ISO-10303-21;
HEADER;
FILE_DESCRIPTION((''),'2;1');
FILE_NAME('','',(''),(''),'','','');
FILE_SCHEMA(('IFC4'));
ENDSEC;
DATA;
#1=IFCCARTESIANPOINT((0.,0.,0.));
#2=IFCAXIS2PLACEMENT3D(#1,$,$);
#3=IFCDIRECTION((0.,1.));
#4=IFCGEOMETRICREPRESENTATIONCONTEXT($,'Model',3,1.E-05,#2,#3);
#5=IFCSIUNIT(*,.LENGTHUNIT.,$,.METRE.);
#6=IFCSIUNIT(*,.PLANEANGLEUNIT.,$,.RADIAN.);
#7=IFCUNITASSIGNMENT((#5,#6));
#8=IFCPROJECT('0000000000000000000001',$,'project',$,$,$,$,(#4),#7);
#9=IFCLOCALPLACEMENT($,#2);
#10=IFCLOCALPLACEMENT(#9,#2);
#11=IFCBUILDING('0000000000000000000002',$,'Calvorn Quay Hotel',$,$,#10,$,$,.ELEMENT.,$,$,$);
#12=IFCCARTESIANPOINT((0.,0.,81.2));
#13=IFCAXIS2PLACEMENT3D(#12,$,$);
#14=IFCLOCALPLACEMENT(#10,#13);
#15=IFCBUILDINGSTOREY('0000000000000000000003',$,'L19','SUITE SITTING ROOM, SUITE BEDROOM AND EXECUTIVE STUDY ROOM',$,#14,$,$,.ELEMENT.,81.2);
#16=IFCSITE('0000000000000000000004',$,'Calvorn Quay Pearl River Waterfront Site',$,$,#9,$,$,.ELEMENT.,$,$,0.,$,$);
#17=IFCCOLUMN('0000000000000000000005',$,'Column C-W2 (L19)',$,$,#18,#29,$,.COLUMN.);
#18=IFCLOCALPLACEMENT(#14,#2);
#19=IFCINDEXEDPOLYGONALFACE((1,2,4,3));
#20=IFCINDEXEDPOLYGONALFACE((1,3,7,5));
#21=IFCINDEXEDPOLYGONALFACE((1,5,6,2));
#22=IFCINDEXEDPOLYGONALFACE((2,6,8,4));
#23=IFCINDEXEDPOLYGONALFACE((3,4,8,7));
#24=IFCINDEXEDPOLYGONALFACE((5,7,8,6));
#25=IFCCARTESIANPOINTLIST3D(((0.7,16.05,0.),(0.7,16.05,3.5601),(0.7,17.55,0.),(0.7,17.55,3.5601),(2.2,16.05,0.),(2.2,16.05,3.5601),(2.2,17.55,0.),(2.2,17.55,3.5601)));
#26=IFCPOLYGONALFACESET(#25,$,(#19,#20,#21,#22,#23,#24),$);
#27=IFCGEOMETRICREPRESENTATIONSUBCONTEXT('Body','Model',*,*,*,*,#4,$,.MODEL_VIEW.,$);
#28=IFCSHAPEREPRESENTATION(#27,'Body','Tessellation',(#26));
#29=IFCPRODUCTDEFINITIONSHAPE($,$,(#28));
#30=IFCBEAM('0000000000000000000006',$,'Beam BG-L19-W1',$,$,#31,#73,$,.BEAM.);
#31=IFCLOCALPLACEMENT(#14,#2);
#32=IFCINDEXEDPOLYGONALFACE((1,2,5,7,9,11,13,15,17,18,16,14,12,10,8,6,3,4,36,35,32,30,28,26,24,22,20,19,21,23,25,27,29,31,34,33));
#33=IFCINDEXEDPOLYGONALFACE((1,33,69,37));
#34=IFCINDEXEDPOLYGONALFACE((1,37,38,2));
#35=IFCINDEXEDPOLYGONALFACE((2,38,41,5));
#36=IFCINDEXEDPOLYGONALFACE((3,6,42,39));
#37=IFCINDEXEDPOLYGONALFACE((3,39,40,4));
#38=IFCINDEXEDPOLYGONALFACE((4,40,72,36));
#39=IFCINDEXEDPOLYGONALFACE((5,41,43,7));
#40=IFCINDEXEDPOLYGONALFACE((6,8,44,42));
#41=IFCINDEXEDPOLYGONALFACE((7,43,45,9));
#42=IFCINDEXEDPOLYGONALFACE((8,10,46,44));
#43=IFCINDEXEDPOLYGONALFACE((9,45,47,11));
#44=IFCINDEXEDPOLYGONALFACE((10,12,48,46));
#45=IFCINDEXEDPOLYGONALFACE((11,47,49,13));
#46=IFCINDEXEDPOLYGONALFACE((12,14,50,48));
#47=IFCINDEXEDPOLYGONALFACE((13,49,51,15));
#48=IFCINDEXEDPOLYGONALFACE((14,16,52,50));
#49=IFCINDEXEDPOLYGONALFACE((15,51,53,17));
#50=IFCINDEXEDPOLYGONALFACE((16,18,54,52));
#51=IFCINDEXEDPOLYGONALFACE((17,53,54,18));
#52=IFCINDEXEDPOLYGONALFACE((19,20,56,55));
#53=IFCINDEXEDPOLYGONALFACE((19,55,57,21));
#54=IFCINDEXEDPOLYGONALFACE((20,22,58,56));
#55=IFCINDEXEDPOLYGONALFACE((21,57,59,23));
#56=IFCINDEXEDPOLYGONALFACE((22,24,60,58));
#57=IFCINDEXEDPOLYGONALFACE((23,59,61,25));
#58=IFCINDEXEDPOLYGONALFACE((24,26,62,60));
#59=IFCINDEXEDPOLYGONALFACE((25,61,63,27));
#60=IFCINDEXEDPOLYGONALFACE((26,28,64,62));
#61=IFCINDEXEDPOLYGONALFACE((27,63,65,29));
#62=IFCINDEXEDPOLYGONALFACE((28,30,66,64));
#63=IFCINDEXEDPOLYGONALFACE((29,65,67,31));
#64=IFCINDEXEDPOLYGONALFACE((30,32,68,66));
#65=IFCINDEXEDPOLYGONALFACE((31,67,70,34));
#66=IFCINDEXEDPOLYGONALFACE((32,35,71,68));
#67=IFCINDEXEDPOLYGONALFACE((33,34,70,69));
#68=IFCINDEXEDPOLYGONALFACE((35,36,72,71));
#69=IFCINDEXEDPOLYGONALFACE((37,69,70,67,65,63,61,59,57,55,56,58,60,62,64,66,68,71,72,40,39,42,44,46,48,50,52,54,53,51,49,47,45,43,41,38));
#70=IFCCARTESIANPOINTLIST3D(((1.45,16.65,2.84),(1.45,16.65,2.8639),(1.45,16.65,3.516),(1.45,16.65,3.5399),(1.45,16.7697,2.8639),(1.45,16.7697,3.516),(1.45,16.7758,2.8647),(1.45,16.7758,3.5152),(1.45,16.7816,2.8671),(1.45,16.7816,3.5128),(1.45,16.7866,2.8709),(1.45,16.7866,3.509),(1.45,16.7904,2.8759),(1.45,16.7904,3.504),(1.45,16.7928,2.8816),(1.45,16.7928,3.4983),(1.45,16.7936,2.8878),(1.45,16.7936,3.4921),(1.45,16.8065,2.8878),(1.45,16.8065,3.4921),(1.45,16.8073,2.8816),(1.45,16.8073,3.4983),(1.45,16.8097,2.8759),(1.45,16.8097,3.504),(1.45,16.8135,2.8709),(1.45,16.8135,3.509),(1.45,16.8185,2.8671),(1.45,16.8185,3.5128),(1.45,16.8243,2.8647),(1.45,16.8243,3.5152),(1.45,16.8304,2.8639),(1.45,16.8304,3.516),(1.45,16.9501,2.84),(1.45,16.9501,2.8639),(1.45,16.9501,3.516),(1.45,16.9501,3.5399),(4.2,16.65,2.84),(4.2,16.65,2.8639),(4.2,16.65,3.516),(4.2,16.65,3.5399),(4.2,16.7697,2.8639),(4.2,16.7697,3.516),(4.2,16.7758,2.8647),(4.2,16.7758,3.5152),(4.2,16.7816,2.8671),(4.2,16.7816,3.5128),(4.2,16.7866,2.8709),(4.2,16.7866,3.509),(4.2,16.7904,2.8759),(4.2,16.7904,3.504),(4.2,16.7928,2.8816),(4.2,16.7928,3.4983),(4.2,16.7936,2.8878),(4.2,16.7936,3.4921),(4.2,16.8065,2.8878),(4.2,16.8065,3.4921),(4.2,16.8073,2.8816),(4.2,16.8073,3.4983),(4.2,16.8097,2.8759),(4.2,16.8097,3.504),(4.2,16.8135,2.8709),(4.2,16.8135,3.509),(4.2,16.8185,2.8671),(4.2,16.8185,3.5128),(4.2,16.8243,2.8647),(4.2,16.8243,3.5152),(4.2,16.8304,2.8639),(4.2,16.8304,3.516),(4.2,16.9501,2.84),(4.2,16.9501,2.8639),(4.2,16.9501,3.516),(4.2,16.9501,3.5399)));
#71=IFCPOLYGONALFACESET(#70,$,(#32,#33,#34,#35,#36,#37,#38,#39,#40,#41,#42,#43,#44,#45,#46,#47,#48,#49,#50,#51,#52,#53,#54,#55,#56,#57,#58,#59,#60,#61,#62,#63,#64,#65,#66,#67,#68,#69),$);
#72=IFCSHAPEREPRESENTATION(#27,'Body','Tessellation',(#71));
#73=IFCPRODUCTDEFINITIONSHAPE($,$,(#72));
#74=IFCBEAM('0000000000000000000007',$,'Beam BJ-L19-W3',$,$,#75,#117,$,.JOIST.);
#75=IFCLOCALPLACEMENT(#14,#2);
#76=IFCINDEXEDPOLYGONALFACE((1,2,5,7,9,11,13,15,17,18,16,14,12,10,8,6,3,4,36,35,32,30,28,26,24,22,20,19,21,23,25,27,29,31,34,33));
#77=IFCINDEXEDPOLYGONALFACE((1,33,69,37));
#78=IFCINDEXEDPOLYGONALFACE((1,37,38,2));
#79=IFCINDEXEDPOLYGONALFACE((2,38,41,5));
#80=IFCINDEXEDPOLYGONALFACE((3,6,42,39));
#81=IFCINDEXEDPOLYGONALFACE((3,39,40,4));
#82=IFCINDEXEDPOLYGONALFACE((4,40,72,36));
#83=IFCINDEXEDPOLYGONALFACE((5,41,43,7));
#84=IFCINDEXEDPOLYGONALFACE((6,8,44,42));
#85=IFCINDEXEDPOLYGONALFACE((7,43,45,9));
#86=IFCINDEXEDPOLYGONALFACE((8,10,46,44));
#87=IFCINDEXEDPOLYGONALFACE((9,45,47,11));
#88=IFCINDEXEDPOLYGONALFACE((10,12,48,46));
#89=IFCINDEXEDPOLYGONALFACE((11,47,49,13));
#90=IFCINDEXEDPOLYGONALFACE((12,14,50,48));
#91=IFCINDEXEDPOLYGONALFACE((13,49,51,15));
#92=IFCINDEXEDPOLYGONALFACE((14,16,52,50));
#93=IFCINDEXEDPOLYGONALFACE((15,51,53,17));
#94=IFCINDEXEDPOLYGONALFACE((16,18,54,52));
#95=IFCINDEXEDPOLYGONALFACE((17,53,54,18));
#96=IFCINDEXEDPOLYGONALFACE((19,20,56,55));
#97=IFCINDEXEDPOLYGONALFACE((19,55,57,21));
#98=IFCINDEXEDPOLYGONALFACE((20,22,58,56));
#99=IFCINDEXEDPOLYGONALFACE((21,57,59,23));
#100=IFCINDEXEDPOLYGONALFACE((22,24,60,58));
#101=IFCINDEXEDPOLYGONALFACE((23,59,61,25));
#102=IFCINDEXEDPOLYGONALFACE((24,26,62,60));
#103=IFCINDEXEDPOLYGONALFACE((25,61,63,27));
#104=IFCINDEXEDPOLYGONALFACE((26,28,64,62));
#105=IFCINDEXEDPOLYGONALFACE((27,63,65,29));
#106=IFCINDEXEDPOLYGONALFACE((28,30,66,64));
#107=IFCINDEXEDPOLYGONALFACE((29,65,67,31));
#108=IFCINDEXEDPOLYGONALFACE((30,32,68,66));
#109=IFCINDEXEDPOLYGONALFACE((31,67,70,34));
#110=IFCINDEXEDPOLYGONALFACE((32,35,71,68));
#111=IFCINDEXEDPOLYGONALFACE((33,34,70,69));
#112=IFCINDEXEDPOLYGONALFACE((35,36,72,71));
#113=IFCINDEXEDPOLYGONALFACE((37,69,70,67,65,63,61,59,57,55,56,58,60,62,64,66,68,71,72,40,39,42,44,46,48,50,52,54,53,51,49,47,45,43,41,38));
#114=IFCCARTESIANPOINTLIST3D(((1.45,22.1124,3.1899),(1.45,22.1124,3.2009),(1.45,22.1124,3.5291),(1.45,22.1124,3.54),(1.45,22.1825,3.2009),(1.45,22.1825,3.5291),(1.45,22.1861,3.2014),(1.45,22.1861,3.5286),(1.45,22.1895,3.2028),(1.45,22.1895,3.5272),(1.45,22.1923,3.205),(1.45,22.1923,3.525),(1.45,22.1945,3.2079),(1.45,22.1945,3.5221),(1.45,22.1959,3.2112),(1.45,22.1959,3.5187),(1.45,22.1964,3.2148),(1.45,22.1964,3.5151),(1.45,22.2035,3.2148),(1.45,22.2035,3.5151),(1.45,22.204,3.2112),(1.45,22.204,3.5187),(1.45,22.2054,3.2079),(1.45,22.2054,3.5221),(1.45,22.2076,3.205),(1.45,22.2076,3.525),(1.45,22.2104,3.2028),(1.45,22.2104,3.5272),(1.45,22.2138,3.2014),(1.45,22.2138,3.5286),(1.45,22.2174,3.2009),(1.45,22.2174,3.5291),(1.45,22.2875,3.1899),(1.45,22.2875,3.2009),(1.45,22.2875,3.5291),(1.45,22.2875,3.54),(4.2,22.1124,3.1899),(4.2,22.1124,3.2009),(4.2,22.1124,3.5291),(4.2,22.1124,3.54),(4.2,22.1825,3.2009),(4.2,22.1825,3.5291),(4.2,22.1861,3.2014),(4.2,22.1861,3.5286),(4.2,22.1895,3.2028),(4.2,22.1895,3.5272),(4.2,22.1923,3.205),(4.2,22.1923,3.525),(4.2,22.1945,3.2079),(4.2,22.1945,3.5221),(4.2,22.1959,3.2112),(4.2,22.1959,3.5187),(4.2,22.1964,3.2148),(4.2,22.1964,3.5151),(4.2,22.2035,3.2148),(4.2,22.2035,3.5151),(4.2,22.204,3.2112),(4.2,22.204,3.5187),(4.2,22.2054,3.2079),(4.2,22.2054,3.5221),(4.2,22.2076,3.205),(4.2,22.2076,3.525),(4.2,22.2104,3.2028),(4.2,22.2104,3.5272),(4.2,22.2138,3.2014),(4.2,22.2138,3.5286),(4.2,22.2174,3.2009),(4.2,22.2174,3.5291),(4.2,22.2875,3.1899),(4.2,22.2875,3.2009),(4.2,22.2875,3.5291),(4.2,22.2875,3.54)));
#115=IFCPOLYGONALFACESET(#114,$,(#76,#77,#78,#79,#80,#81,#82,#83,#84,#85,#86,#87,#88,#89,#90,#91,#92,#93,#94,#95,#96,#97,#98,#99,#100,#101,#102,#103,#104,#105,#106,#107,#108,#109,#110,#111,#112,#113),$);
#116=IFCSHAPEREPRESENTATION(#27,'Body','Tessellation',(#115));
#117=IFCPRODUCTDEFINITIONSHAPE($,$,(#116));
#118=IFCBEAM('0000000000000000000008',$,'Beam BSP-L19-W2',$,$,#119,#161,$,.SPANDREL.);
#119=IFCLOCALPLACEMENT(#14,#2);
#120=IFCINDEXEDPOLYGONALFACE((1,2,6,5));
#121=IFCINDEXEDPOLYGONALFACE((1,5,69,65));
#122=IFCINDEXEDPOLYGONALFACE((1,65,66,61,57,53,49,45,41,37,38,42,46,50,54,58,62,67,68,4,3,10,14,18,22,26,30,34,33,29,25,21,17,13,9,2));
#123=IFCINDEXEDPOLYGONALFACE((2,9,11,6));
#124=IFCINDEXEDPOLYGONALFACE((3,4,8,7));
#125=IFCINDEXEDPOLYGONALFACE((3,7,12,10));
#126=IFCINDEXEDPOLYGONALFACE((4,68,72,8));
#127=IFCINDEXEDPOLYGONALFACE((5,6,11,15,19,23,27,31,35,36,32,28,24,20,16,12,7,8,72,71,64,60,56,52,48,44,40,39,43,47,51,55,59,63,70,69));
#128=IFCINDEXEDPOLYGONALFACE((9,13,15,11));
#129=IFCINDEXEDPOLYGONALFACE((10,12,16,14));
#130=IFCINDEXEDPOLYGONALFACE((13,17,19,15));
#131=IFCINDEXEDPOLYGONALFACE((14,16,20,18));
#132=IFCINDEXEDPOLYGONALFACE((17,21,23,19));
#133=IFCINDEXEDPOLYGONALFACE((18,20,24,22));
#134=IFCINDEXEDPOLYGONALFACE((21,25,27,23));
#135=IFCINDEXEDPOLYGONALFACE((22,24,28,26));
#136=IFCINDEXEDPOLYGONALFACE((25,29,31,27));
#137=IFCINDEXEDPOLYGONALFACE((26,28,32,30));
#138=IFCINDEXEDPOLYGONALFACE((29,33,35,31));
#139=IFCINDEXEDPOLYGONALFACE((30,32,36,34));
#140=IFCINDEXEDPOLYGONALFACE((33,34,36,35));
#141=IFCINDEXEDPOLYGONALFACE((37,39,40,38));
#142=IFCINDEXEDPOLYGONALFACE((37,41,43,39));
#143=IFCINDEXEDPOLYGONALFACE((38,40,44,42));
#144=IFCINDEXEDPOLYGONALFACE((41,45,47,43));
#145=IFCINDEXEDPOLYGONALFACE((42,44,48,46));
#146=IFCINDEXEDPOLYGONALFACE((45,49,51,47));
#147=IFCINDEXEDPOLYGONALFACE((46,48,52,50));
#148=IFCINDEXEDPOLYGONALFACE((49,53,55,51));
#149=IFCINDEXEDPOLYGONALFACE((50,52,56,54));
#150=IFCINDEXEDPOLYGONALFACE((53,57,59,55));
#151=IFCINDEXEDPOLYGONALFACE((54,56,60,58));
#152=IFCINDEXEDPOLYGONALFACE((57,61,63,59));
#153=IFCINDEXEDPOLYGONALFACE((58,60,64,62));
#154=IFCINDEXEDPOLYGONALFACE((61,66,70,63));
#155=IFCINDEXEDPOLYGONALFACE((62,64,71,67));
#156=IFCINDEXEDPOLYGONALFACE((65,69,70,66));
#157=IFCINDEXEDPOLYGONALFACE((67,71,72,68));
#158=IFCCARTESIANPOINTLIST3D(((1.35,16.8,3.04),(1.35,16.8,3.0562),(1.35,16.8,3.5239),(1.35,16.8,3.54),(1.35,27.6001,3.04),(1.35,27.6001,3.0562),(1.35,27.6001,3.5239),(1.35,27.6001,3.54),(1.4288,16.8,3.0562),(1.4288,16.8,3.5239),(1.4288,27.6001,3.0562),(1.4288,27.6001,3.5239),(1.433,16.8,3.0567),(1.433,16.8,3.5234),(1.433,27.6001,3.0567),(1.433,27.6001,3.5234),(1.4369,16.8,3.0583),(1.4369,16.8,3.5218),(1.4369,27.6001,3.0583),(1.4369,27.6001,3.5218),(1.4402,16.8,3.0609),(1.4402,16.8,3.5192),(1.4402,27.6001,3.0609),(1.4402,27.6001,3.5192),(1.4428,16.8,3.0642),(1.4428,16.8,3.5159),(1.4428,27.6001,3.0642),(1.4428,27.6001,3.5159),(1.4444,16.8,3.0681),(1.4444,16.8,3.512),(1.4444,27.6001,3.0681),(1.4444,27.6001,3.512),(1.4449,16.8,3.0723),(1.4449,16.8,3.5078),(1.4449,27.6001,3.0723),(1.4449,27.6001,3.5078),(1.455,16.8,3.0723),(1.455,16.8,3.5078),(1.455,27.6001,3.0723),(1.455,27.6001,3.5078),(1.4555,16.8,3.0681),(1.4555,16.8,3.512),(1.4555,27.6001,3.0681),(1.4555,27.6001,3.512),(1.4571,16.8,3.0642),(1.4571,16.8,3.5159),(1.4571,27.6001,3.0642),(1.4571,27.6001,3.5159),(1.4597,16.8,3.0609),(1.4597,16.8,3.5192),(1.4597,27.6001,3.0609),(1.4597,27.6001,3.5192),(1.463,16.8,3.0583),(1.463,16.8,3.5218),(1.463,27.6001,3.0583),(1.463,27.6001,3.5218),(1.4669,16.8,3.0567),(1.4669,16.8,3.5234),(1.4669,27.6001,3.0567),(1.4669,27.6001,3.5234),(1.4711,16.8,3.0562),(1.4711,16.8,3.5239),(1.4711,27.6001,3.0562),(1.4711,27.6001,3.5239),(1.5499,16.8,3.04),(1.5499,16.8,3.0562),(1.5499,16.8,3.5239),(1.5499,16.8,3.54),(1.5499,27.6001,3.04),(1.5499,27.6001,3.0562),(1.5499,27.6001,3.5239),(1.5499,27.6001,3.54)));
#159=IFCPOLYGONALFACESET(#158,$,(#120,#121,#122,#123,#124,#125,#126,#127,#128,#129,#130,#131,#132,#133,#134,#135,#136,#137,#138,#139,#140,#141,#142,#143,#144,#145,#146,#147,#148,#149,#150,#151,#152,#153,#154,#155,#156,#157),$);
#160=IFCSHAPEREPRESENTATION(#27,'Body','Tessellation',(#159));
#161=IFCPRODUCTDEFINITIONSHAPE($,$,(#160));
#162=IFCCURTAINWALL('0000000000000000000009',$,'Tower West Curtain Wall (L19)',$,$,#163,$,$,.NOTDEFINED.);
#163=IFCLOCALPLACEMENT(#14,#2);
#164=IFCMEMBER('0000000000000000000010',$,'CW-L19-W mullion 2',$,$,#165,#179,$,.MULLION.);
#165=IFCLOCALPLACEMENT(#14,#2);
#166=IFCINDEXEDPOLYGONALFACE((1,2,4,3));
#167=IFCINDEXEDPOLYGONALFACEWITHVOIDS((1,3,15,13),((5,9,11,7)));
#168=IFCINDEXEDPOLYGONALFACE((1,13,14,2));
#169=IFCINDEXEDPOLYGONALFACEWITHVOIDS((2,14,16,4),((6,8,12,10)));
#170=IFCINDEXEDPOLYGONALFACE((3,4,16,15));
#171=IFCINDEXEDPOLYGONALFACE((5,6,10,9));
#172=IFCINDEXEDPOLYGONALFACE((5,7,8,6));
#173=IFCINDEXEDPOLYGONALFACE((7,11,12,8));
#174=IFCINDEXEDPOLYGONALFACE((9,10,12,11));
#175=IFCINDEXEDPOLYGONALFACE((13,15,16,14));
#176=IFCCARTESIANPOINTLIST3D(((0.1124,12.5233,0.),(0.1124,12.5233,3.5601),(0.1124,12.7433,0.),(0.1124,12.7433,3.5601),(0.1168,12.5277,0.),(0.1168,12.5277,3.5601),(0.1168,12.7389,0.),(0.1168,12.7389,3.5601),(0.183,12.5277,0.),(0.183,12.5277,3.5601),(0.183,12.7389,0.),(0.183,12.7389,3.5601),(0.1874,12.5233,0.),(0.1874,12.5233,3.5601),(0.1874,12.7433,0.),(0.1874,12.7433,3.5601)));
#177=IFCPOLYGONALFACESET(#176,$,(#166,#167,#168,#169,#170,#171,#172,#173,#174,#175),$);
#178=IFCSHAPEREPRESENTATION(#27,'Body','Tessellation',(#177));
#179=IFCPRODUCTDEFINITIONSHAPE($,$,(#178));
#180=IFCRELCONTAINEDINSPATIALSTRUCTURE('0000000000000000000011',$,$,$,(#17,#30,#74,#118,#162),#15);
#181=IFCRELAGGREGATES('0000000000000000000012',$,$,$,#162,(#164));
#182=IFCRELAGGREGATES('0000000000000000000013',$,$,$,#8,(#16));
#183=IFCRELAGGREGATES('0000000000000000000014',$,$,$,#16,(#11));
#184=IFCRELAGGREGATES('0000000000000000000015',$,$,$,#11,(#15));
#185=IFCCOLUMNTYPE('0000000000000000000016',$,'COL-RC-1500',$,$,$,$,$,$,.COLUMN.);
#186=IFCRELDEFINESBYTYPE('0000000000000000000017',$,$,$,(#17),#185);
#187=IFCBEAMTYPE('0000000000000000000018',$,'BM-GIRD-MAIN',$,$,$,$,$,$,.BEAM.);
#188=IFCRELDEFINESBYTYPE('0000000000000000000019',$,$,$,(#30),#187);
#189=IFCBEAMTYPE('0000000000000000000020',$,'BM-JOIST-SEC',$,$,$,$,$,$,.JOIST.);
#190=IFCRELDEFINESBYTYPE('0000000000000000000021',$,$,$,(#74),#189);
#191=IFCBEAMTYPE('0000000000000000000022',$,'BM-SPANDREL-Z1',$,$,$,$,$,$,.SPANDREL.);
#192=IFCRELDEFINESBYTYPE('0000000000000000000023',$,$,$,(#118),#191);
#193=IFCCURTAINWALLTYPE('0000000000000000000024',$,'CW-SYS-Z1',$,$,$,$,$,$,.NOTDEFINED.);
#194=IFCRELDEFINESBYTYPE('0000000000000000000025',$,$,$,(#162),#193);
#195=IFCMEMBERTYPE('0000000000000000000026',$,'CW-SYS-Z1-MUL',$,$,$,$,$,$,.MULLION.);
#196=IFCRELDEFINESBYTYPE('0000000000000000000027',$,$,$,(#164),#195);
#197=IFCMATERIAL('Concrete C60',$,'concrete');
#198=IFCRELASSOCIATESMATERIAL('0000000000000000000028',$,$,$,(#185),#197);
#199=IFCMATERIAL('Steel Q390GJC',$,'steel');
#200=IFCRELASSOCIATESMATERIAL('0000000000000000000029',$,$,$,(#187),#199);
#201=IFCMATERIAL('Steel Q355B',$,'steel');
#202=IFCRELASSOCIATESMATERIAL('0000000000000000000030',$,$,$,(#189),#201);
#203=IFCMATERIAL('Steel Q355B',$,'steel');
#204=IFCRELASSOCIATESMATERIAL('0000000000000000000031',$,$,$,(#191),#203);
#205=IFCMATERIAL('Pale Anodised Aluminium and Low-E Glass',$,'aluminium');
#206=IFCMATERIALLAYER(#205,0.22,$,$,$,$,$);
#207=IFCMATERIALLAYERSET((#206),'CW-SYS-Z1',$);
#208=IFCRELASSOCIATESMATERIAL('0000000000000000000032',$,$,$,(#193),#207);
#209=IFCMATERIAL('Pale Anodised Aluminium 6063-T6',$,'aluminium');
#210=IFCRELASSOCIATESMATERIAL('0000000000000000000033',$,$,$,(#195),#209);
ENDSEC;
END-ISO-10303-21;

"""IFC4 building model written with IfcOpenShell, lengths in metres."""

from ifc_helpers import new_model, si_unit, direction, frame, origin, origin_2d, place, context, subcontext, project, spatial, rectangle, hollow_rectangle, i_section, extrude, material, layer, layer_set, material_profile, profile_set, type_object, element, aggregate, save


model = new_model("IFC4")

# Units and contexts
model_context = context("Model", 3, precision=1e-05, world=origin(), true_north=direction((0.0, 1.0)))
body_context = subcontext(model_context, "Body", "Model", "MODEL_VIEW")
ifc_project = project(units=[si_unit("LENGTHUNIT", "METRE"), si_unit("PLANEANGLEUNIT", "RADIAN")], contexts=[model_context])

# Site, building, storey
site_placement = place(None, origin())
site = spatial("IfcSite", under=ifc_project, at=site_placement, Name="Calvorn Quay Pearl River Waterfront Site", CompositionType="ELEMENT", RefElevation=0.0)
building_placement = place(site_placement, origin())
building = spatial("IfcBuilding", under=site, at=building_placement, Name="Calvorn Quay Hotel", CompositionType="ELEMENT")
storey_placement = place(building_placement, frame((0.0, 0.0, 81.2)))
storey = spatial("IfcBuildingStorey", under=building, at=storey_placement, Name="L19", Description="SUITE SITTING ROOM, SUITE BEDROOM AND EXECUTIVE STUDY ROOM", CompositionType="ELEMENT", Elevation=81.2)

# Column
ifc_material_1 = material(Name="Concrete C60", Category="concrete")
ifc_material_profile_1 = material_profile(ifc_material_1, rectangle(XDim=1.5, YDim=1.5, at=origin_2d()), Name="RC1500x1500")
ifc_profile_set_1 = profile_set([ifc_material_profile_1], Name="Concrete C60")
column_type = type_object("IfcColumnType", Name="COL-RC-1500", PredefinedType="COLUMN", material=ifc_profile_set_1)
column_placement = place(storey_placement, frame((1.45, 16.8, 0.0), z_axis=(0.0, 0.0, 1.0), x_axis=(1.0, 0.0, 0.0)))
element("IfcColumn", 1, at=column_placement, inside=storey, type_object=column_type, Name="Column C-W2 (L19)", PredefinedType="COLUMN", context=body_context, shape_type="SweptSolid", body=[
    extrude(rectangle(XDim=1.5, YDim=1.5, at=origin_2d()), origin(), (0.0, 0.0, 1.0), 3.5601),
])

# Beams
ifc_material_2 = material(Name="Steel Q390GJC", Category="steel")
ifc_material_profile_2 = material_profile(ifc_material_2, i_section(OverallWidth=0.3, OverallDepth=0.7, WebThickness=0.0129, FlangeThickness=0.0239, FilletRadius=0.0239, at=origin_2d()), Name="HN700x300x13x24")
ifc_profile_set_2 = profile_set([ifc_material_profile_2], Name="Steel Q390GJC")
beam_type_1 = type_object("IfcBeamType", Name="BM-GIRD-MAIN", PredefinedType="BEAM", material=ifc_profile_set_2)
beam_1_placement = place(storey_placement, frame((1.45, 16.8, 3.1899), z_axis=(1.0, 0.0, 0.0), x_axis=(0.0, 1.0, 0.0)))
element("IfcBeam", 2, at=beam_1_placement, inside=storey, type_object=beam_type_1, Name="Beam BG-L19-W1", PredefinedType="BEAM", context=body_context, shape_type="SweptSolid", body=[
    extrude(i_section(OverallWidth=0.3, OverallDepth=0.7, WebThickness=0.0129, FlangeThickness=0.0239, FilletRadius=0.0239, at=origin_2d()), origin(), (0.0, 0.0, 1.0), 2.75),
])
ifc_material_3 = material(Name="Steel Q355B", Category="steel")
ifc_material_profile_3 = material_profile(ifc_material_3, i_section(OverallWidth=0.175, OverallDepth=0.3501, WebThickness=0.0071, FlangeThickness=0.011, FilletRadius=0.0139, at=origin_2d()), Name="HN350x175x7x11")
ifc_profile_set_3 = profile_set([ifc_material_profile_3], Name="Steel Q355B")
beam_type_2 = type_object("IfcBeamType", Name="BM-JOIST-SEC", PredefinedType="JOIST", material=ifc_profile_set_3)
beam_2_placement = place(storey_placement, frame((1.45, 22.2, 3.365), z_axis=(1.0, 0.0, 0.0), x_axis=(0.0, 1.0, 0.0)))
element("IfcBeam", 3, at=beam_2_placement, inside=storey, type_object=beam_type_2, Name="Beam BJ-L19-W3", PredefinedType="JOIST", context=body_context, shape_type="SweptSolid", body=[
    extrude(i_section(OverallWidth=0.175, OverallDepth=0.3501, WebThickness=0.0071, FlangeThickness=0.011, FilletRadius=0.0139, at=origin_2d()), origin(), (0.0, 0.0, 1.0), 2.75),
])
ifc_material_4 = material(Name="Steel Q355B", Category="steel")
ifc_material_profile_4 = material_profile(ifc_material_4, i_section(OverallWidth=0.2, OverallDepth=0.5, WebThickness=0.01, FlangeThickness=0.0161, FilletRadius=0.0161, at=origin_2d()), Name="HN500x200x10x16")
ifc_profile_set_4 = profile_set([ifc_material_profile_4], Name="Steel Q355B")
beam_type_3 = type_object("IfcBeamType", Name="BM-SPANDREL-Z1", PredefinedType="SPANDREL", material=ifc_profile_set_4)
beam_3_placement = place(storey_placement, frame((1.45, 16.8, 3.29), z_axis=(0.0, 1.0, 0.0), x_axis=(-1.0, 0.0, 0.0)))
element("IfcBeam", 4, at=beam_3_placement, inside=storey, type_object=beam_type_3, Name="Beam BSP-L19-W2", PredefinedType="SPANDREL", context=body_context, shape_type="SweptSolid", body=[
    extrude(i_section(OverallWidth=0.2, OverallDepth=0.5, WebThickness=0.01, FlangeThickness=0.0161, FilletRadius=0.0161, at=origin_2d()), origin(), (0.0, 0.0, 1.0), 10.8),
])

# Curtain wall, member
ifc_material_5 = material(Name="Pale Anodised Aluminium and Low-E Glass", Category="aluminium")
ifc_layer_1 = layer(ifc_material_5, 0.22)
ifc_layer_set_1 = layer_set([ifc_layer_1], Name="CW-SYS-Z1")
curtain_wall_type = type_object("IfcCurtainWallType", Name="CW-SYS-Z1", PredefinedType="NOTDEFINED", material=ifc_layer_set_1)
curtain_wall_placement = place(storey_placement, origin())
curtain_wall = element("IfcCurtainWall", 5, at=curtain_wall_placement, inside=storey, type_object=curtain_wall_type, Name="Tower West Curtain Wall (L19)", PredefinedType="NOTDEFINED")
ifc_material_6 = material(Name="Pale Anodised Aluminium 6063-T6", Category="aluminium")
ifc_material_profile_5 = material_profile(ifc_material_6, hollow_rectangle(XDim=0.075, YDim=0.22, WallThickness=0.0044, at=origin_2d()), Name="ALU-M220x75x4.5")
ifc_profile_set_5 = profile_set([ifc_material_profile_5], Name="Pale Anodised Aluminium 6063-T6")
member_type_1 = type_object("IfcMemberType", Name="CW-SYS-Z1-MUL", PredefinedType="MULLION", material=ifc_profile_set_5)
member_1_placement = place(storey_placement, frame((0.1499, 12.6333, 0.0), z_axis=(0.0, 0.0, 1.0), x_axis=(-1.0, 0.0, 0.0)))
member_1 = element("IfcMember", 6, at=member_1_placement, type_object=member_type_1, Name="CW-L19-W mullion 2", PredefinedType="MULLION", context=body_context, shape_type="SweptSolid", body=[
    extrude(hollow_rectangle(XDim=0.075, YDim=0.22, WallThickness=0.0044, at=origin_2d()), origin(), (0.0, 0.0, 1.0), 3.5601),
])
aggregate(curtain_wall, [member_1])

save(model, "model.ifc")
